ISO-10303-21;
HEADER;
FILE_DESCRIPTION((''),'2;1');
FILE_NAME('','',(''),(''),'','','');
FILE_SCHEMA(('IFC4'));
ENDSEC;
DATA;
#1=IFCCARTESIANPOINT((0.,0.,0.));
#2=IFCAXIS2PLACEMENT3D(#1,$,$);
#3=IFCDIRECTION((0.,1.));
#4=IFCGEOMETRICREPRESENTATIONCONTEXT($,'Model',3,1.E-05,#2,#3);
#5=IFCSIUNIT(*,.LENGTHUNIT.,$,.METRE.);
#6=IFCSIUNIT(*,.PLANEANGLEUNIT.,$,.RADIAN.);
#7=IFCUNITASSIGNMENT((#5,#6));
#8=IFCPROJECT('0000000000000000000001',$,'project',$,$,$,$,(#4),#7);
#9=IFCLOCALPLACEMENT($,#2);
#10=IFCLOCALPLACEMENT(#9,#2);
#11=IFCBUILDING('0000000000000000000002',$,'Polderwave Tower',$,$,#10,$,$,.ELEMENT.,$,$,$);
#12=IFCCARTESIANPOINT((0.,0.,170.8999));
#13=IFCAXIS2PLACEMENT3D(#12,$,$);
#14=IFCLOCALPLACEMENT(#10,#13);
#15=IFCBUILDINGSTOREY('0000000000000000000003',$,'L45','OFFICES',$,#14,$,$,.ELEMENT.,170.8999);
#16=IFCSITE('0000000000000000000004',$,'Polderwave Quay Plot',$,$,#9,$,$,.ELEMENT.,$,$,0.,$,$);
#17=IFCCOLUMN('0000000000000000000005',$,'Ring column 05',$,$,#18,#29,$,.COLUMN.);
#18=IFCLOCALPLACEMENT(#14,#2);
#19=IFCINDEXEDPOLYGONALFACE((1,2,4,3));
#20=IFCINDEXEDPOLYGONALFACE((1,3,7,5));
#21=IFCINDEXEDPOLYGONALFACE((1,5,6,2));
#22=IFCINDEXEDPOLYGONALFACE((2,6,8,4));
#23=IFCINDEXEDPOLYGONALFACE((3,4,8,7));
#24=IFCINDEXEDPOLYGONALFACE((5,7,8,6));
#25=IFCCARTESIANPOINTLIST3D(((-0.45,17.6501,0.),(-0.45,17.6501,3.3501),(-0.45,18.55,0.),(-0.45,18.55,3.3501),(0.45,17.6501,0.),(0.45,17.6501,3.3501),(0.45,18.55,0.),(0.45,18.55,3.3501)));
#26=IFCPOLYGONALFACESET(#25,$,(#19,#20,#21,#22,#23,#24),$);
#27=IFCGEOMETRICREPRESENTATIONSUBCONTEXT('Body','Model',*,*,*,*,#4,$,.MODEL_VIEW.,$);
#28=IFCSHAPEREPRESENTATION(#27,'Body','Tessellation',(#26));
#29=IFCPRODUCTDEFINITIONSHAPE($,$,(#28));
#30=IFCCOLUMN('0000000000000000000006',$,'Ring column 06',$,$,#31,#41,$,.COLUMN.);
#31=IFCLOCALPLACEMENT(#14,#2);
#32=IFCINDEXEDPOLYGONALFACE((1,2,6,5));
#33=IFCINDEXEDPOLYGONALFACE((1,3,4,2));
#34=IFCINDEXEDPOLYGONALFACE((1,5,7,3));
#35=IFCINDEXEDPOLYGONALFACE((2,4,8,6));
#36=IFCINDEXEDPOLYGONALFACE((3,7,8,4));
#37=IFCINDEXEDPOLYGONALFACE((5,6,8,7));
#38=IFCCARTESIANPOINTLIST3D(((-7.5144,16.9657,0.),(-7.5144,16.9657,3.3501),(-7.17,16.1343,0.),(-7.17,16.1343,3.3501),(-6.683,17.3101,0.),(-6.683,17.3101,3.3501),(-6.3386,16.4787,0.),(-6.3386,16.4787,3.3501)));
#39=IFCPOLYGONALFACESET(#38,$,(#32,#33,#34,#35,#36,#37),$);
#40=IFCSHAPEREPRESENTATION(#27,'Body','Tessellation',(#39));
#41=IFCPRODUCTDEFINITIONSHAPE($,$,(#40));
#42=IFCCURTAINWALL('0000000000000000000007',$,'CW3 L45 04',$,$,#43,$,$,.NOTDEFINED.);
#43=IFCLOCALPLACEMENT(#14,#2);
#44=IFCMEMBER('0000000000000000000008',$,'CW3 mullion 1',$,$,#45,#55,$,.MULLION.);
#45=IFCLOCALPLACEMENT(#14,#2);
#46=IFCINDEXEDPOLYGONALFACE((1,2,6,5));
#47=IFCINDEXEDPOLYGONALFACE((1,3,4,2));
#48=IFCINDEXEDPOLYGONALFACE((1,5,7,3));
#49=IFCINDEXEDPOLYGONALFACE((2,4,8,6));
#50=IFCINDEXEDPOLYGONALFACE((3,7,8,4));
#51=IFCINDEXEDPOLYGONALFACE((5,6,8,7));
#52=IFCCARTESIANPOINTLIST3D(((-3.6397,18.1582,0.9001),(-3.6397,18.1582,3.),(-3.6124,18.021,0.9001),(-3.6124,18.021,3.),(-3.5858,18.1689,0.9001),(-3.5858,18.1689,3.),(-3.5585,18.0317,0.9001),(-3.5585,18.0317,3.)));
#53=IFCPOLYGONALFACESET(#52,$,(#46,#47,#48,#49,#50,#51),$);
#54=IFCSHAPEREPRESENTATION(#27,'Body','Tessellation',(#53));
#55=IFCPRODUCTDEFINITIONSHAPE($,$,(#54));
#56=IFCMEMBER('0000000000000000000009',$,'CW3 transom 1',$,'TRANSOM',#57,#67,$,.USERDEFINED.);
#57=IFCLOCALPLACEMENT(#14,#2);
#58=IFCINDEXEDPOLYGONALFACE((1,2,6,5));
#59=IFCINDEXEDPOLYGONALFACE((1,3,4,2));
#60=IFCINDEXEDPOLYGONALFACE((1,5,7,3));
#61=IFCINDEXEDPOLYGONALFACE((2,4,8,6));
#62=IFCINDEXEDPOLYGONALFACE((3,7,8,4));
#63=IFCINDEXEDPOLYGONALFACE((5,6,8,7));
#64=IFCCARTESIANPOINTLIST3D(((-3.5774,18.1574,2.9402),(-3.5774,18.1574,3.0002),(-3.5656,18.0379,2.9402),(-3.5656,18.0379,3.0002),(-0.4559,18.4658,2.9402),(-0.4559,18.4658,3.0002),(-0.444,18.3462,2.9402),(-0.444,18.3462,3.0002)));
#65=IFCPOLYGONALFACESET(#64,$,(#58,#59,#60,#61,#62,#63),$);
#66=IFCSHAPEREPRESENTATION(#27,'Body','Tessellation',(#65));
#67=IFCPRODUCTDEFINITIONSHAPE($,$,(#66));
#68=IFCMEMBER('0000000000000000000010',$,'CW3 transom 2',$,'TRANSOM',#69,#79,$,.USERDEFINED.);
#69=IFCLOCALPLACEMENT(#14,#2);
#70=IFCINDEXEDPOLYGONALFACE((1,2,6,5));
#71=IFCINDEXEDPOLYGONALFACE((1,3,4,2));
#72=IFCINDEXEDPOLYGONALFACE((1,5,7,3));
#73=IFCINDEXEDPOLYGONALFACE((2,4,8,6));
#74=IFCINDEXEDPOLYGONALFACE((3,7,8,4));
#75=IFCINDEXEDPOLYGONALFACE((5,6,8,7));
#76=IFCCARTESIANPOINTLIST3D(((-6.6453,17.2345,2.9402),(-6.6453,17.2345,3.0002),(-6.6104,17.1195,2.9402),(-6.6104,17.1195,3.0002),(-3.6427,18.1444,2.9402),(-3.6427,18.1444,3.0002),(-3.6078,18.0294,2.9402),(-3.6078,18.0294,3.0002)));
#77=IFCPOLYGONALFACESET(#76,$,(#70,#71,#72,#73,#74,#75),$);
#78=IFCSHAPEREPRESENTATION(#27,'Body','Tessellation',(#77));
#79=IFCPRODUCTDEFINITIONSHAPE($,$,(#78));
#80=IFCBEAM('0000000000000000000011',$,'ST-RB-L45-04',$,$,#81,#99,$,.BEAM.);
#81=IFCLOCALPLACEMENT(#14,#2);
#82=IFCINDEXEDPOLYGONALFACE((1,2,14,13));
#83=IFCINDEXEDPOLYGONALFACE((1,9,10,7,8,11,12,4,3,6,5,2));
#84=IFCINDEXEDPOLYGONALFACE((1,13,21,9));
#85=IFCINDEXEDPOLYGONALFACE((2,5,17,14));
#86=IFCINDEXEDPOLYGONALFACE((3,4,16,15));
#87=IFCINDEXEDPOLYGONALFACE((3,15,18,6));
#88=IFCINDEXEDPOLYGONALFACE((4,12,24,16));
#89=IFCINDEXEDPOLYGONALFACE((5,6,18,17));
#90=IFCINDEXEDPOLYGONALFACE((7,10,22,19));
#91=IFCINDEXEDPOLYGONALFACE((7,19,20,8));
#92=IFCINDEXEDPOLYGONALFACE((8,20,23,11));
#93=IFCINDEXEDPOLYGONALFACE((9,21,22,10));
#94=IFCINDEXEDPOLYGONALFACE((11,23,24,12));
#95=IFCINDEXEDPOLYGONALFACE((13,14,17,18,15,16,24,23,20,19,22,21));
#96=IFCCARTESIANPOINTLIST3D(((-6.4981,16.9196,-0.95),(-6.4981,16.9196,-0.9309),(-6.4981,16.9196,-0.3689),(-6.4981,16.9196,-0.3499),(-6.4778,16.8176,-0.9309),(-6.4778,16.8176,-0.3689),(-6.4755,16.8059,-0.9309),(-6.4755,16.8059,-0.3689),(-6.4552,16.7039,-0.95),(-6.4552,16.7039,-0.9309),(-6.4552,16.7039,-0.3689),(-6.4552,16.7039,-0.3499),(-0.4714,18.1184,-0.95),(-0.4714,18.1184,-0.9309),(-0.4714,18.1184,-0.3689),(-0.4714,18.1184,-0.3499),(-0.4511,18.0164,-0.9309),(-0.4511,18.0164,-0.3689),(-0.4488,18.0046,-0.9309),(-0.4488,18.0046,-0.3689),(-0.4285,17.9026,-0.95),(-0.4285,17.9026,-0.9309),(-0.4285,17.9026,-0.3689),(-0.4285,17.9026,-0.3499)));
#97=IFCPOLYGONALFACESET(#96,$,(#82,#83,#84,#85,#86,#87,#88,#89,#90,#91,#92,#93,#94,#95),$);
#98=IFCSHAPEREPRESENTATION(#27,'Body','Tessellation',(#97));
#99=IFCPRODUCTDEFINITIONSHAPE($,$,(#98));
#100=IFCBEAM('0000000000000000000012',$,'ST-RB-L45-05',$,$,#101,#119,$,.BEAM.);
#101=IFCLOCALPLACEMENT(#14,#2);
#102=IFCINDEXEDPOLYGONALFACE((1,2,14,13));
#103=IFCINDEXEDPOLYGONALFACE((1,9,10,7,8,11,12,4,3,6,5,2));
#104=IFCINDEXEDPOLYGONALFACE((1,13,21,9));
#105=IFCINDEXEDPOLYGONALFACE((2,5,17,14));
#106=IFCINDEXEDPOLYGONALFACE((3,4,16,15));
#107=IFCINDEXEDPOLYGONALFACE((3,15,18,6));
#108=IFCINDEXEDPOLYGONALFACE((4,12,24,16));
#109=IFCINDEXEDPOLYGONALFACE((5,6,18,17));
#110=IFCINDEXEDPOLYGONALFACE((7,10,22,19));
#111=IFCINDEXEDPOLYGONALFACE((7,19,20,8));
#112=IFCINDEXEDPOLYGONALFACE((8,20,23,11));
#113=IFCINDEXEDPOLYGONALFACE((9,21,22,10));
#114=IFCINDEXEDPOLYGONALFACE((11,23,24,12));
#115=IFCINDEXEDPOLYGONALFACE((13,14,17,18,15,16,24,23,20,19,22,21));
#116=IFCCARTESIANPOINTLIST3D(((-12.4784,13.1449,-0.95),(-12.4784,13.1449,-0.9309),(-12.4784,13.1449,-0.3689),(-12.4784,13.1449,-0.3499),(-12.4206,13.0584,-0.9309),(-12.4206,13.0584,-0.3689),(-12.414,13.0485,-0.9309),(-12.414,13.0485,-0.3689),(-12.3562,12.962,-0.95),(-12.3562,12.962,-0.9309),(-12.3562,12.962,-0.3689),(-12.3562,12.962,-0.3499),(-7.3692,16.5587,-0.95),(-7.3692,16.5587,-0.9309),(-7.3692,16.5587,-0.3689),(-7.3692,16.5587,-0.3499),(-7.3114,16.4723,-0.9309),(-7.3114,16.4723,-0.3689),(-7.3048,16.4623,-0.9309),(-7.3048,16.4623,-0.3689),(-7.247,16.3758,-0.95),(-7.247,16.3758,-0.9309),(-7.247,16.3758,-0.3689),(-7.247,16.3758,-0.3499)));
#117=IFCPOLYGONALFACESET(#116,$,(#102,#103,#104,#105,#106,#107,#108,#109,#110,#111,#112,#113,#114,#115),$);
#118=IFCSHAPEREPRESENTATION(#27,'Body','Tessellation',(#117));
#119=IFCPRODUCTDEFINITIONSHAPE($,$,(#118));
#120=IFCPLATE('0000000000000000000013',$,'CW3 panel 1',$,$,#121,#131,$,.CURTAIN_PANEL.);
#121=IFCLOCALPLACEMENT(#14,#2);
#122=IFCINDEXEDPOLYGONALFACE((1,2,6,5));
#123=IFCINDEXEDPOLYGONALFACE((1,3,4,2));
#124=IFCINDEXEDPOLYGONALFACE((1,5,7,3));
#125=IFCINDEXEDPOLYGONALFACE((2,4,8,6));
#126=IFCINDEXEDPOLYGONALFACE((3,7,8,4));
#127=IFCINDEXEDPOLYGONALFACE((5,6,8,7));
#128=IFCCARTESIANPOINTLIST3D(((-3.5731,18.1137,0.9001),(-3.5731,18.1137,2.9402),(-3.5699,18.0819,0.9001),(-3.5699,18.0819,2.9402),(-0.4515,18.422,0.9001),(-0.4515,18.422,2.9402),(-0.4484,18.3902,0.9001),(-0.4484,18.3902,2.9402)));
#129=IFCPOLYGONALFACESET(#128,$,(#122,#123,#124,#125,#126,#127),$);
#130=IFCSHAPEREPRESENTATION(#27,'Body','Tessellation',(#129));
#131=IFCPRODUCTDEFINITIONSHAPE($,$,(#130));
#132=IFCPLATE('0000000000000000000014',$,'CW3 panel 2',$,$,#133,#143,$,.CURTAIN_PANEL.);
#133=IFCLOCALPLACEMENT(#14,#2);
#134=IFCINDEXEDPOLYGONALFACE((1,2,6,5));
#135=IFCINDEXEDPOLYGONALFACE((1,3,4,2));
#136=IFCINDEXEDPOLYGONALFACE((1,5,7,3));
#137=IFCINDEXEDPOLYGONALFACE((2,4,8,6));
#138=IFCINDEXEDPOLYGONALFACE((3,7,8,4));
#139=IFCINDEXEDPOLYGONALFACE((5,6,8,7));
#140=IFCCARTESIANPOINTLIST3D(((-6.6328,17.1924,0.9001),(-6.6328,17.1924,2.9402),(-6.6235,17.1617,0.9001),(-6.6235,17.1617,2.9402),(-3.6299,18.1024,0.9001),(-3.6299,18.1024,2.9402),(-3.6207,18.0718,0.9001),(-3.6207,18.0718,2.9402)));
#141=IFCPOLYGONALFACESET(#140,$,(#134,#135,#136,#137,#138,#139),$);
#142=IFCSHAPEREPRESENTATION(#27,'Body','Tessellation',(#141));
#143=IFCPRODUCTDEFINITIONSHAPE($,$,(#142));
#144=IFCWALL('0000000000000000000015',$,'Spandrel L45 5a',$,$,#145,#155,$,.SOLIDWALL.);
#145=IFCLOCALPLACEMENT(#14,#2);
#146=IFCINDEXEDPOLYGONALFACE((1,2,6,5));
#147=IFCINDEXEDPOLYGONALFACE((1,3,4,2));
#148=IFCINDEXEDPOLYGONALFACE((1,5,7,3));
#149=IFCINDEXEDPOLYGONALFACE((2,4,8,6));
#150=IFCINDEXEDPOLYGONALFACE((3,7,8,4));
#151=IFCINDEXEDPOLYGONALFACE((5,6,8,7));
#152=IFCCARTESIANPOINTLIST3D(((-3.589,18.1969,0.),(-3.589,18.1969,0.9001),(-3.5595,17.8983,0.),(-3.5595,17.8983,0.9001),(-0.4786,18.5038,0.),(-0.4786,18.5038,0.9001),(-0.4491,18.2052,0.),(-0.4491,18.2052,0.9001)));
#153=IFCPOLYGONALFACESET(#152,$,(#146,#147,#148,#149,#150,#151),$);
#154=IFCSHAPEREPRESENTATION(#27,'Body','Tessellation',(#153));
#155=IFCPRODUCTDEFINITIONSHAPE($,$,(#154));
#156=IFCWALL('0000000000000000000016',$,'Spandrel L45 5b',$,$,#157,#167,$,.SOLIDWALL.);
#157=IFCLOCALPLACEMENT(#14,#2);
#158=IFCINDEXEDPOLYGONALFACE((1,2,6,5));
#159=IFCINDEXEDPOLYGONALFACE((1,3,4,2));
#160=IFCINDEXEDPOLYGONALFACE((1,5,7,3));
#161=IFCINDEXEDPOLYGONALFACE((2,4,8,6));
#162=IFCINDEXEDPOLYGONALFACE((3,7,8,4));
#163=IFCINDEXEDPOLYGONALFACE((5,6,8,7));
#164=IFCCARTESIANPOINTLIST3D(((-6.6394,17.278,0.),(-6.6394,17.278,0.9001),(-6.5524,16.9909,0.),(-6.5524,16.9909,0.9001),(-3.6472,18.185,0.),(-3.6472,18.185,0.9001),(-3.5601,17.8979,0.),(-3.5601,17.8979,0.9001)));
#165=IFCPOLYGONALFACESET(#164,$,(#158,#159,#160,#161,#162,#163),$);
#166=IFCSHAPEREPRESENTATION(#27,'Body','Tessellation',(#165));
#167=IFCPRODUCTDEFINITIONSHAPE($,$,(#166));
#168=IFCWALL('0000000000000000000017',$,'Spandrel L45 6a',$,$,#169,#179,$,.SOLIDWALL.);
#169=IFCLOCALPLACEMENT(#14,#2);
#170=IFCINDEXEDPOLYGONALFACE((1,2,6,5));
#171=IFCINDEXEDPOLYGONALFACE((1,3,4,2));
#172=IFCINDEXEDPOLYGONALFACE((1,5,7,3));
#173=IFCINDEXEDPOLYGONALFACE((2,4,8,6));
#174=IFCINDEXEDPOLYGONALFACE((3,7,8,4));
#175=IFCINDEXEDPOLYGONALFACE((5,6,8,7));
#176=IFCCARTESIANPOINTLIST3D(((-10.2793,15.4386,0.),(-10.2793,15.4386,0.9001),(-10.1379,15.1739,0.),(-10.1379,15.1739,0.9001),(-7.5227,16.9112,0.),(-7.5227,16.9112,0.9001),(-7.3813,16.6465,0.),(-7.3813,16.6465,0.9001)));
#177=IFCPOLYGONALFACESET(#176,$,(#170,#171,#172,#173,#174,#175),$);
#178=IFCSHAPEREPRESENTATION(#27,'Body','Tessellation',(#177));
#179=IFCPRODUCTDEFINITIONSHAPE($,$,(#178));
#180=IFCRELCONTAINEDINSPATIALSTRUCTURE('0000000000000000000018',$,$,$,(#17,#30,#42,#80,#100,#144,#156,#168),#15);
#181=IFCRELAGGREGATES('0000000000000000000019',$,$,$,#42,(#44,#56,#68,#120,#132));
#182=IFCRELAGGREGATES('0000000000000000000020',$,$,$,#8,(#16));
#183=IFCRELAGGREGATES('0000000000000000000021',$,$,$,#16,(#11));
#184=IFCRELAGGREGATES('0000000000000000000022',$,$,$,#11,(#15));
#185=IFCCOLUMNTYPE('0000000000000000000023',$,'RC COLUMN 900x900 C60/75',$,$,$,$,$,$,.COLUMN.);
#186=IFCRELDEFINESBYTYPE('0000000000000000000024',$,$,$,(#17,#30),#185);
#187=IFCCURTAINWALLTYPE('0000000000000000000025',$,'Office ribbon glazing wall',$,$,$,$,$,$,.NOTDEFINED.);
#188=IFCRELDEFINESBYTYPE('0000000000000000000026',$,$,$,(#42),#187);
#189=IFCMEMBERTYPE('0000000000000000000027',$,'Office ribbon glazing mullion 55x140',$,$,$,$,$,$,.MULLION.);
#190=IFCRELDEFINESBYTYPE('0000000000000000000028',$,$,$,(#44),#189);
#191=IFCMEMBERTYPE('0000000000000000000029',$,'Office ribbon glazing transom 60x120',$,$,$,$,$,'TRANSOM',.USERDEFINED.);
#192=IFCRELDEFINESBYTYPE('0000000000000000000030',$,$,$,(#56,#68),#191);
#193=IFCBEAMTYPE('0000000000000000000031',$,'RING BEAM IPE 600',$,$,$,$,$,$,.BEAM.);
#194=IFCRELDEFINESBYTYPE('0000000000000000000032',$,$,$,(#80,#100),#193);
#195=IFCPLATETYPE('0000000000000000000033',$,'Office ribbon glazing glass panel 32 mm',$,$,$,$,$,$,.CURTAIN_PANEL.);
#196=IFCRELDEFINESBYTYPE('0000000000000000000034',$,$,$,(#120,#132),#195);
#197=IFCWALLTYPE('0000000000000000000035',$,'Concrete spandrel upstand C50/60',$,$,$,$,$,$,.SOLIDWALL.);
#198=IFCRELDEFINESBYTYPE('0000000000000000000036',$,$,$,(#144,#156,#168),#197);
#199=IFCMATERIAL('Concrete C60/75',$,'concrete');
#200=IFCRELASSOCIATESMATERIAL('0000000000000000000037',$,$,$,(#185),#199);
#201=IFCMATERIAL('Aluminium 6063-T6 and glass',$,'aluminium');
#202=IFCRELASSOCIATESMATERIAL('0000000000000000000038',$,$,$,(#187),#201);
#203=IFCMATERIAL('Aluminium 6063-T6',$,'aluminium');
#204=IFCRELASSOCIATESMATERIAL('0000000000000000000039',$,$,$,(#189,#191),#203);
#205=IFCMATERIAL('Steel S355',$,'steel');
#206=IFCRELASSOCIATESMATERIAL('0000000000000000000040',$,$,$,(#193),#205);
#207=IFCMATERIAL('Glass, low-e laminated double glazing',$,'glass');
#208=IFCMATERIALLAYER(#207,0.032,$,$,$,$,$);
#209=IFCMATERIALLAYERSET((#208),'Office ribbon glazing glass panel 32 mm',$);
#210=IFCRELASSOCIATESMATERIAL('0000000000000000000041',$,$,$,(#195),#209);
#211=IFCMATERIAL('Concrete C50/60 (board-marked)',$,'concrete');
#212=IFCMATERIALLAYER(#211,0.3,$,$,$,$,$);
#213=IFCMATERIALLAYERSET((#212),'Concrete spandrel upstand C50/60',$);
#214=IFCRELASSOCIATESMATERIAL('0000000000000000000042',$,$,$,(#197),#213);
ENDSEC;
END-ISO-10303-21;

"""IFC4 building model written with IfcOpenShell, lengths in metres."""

from ifc_helpers import new_model, si_unit, direction, frame, frame_2d, origin, origin_2d, place, context, subcontext, project, spatial, rectangle, i_section, extrude, material, layer, layer_set, material_profile, profile_set, type_object, element, aggregate, save


model = new_model("IFC4")

# Units and contexts
model_context = context("Model", 3, precision=1e-05, world=origin(), true_north=direction((0.0, 1.0)))
body_context = subcontext(model_context, "Body", "Model", "MODEL_VIEW")
ifc_project = project(units=[si_unit("LENGTHUNIT", "METRE"), si_unit("PLANEANGLEUNIT", "RADIAN")], contexts=[model_context])

# Site, building, storey
site_placement = place(None, origin())
site = spatial("IfcSite", under=ifc_project, at=site_placement, Name="Polderwave Quay Plot", CompositionType="ELEMENT", RefElevation=0.0)
building_placement = place(site_placement, origin())
building = spatial("IfcBuilding", under=site, at=building_placement, Name="Polderwave Tower", CompositionType="ELEMENT")
storey_placement = place(building_placement, frame((0.0, 0.0, 170.8999)))
storey = spatial("IfcBuildingStorey", under=building, at=storey_placement, Name="L45", Description="OFFICES", CompositionType="ELEMENT", Elevation=170.8999)

# Columns
ifc_material_1 = material(Name="Concrete C60/75", Category="concrete")
ifc_material_profile_1 = material_profile(ifc_material_1, rectangle(XDim=0.8999, YDim=0.8999, at=origin_2d()), Name="RC 900x900")
ifc_profile_set_1 = profile_set([ifc_material_profile_1], Name="Concrete C60/75")
column_type = type_object("IfcColumnType", Name="RC COLUMN 900x900 C60/75", PredefinedType="COLUMN", material=ifc_profile_set_1)
for number, where, z_axis, x_axis, name in (
    (1, (0.0, 18.1001, 0.0), (0.0, 0.0, 1.0), (0.0, 1.0, 0.0), "Ring column 05"),
    (2, (-6.9265, 16.7222, 0.0), (0.0, 0.0, 1.0), (-0.382683, 0.92388, 0.0), "Ring column 06"),
):
    element("IfcColumn", number, at=place(storey_placement, frame(where, z_axis=z_axis, x_axis=x_axis)), inside=storey, type_object=column_type, Name=name, PredefinedType="COLUMN", context=body_context, shape_type="SweptSolid", body=[
        extrude(rectangle(XDim=0.8999, YDim=0.8999, at=origin_2d()), origin(), (0.0, 0.0, 1.0), 3.3501),
    ])

# Curtain wall, members
ifc_material_2 = material(Name="Aluminium 6063-T6 and glass", Category="aluminium")
curtain_wall_type = type_object("IfcCurtainWallType", Name="Office ribbon glazing wall", PredefinedType="NOTDEFINED", material=ifc_material_2)
curtain_wall_placement = place(storey_placement, origin())
curtain_wall = element("IfcCurtainWall", 3, at=curtain_wall_placement, inside=storey, type_object=curtain_wall_type, Name="CW3 L45 04", PredefinedType="NOTDEFINED")
ifc_material_3 = material(Name="Aluminium 6063-T6", Category="aluminium")
ifc_material_profile_2 = material_profile(ifc_material_3, rectangle(XDim=0.1399, YDim=0.0549, at=origin_2d()), Name="AL 55x140")
ifc_profile_set_2 = profile_set([ifc_material_profile_2], Name="Aluminium 6063-T6")
member_type_1 = type_object("IfcMemberType", Name="Office ribbon glazing mullion 55x140", PredefinedType="MULLION", material=ifc_profile_set_2)
member_1_placement = place(storey_placement, frame((-3.5991, 18.095, 0.9001), z_axis=(0.0, 0.0, 1.0), x_axis=(0.195097, -0.980784, 0.0)))
member_1 = element("IfcMember", 4, at=member_1_placement, type_object=member_type_1, Name="CW3 mullion 1", PredefinedType="MULLION", context=body_context, shape_type="SweptSolid", body=[
    extrude(rectangle(XDim=0.1399, YDim=0.0549, at=origin_2d()), origin(), (0.0, 0.0, 1.0), 2.0999),
])
ifc_material_profile_3 = material_profile(ifc_material_3, rectangle(XDim=0.1201, YDim=0.0601, at=origin_2d()), Name="AL 60x120")
ifc_profile_set_3 = profile_set([ifc_material_profile_3], Name="Aluminium 6063-T6")
member_type_2 = type_object("IfcMemberType", Name="Office ribbon glazing transom 60x120", ElementType="TRANSOM", PredefinedType="USERDEFINED", material=ifc_profile_set_3)
member_2_placement = place(storey_placement, frame((-0.45, 18.406, 2.9702), z_axis=(-0.995157, -0.098301, 0.0), x_axis=(0.098301, -0.995157, 0.0)))
member_2 = element("IfcMember", 5, at=member_2_placement, type_object=member_type_2, Name="CW3 transom 1", ObjectType="TRANSOM", PredefinedType="USERDEFINED", context=body_context, shape_type="SweptSolid", body=[
    extrude(rectangle(XDim=0.1201, YDim=0.0601, at=origin_2d()), origin(), (0.0, 0.0, 1.0), 3.1367),
])
member_3_placement = place(storey_placement, frame((-3.6252, 18.0869, 2.9702), z_axis=(-0.957024, -0.29001, 0.0), x_axis=(0.29001, -0.957024, 0.0)))
member_3 = element("IfcMember", 6, at=member_3_placement, type_object=member_type_2, Name="CW3 transom 2", ObjectType="TRANSOM", PredefinedType="USERDEFINED", context=body_context, shape_type="SweptSolid", body=[
    extrude(rectangle(XDim=0.1201, YDim=0.0601, at=origin_2d()), origin(), (0.0, 0.0, 1.0), 3.1375),
])

# Beams
ifc_material_4 = material(Name="Steel S355", Category="steel")
ifc_material_profile_4 = material_profile(ifc_material_4, i_section(OverallWidth=0.22, OverallDepth=0.6001, WebThickness=0.012, FlangeThickness=0.019, at=origin_2d()), Name="IPE 600")
ifc_profile_set_4 = profile_set([ifc_material_profile_4], Name="Steel S355")
beam_type = type_object("IfcBeamType", Name="RING BEAM IPE 600", PredefinedType="BEAM", material=ifc_profile_set_4)
for number, where, z_axis, x_axis, name in (
    (7, (-0.45, 18.0105, -0.6499), (-0.980786, -0.195085, 0.0), (0.195085, -0.980786, 0.0), "ST-RB-L45-04"),
    (8, (-7.3081, 16.4673, -0.6499), (-0.831469, -0.555571, 0.0), (0.555571, -0.831469, 0.0), "ST-RB-L45-05"),
):
    element("IfcBeam", number, at=place(storey_placement, frame(where, z_axis=z_axis, x_axis=x_axis)), inside=storey, type_object=beam_type, Name=name, PredefinedType="BEAM", context=body_context, shape_type="SweptSolid", body=[
        extrude(i_section(OverallWidth=0.22, OverallDepth=0.6001, WebThickness=0.012, FlangeThickness=0.019, at=origin_2d()), origin(), (0.0, 0.0, 1.0), 6.1448),
    ])

# Plates
ifc_material_5 = material(Name="Glass, low-e laminated double glazing", Category="glass")
ifc_layer_1 = layer(ifc_material_5, 0.032)
ifc_layer_set_1 = layer_set([ifc_layer_1], Name="Office ribbon glazing glass panel 32 mm")
plate_type = type_object("IfcPlateType", Name="Office ribbon glazing glass panel 32 mm", PredefinedType="CURTAIN_PANEL", material=ifc_layer_set_1)
plate_1_placement = place(storey_placement, frame((-2.0107, 18.252, 0.9001), z_axis=(0.0, 0.0, 1.0), x_axis=(-0.995159, -0.098283, 0.0)))
plate_1 = element("IfcPlate", 9, at=plate_1_placement, type_object=plate_type, Name="CW3 panel 1", PredefinedType="CURTAIN_PANEL", context=body_context, shape_type="SweptSolid", body=[
    extrude(rectangle(XDim=3.1367, YDim=0.032, at=origin_2d()), origin(), (0.0, 0.0, 1.0), 2.04),
])
plate_2_placement = place(storey_placement, frame((-5.1267, 17.6321, 0.9001), z_axis=(0.0, 0.0, 1.0), x_axis=(-0.957014, -0.290042, 0.0)))
plate_2 = element("IfcPlate", 10, at=plate_2_placement, type_object=plate_type, Name="CW3 panel 2", PredefinedType="CURTAIN_PANEL", context=body_context, shape_type="SweptSolid", body=[
    extrude(rectangle(XDim=3.1377, YDim=0.032, at=origin_2d()), origin(), (0.0, 0.0, 1.0), 2.04),
])
aggregate(curtain_wall, [member_1, member_2, member_3, plate_1, plate_2])

# Walls
ifc_material_6 = material(Name="Concrete C50/60 (board-marked)", Category="concrete")
ifc_layer_2 = layer(ifc_material_6, 0.3)
ifc_layer_set_2 = layer_set([ifc_layer_2], Name="Concrete spandrel upstand C50/60")
wall_type_1 = type_object("IfcWallType", Name="Concrete spandrel upstand C50/60", PredefinedType="SOLIDWALL", material=ifc_layer_set_2)
wall_1_placement = place(storey_placement, frame((-0.4639, 18.3545, 0.0), z_axis=(0.0, 0.0, 1.0), x_axis=(-0.995168, -0.098189, 0.0)))
element("IfcWall", 11, at=wall_1_placement, inside=storey, type_object=wall_type_1, Name="Spandrel L45 5a", PredefinedType="SOLIDWALL", context=body_context, shape_type="SweptSolid", body=[
    extrude(rectangle(XDim=3.1255, YDim=0.3, at=frame_2d((1.5627, 0.0))), origin(), (0.0, 0.0, 1.0), 0.9001),
])
wall_2_placement = place(storey_placement, frame((-3.6035, 18.0415, 0.0), z_axis=(0.0, 0.0, 1.0), x_axis=(-0.957001, -0.290083, 0.0)))
element("IfcWall", 12, at=wall_2_placement, inside=storey, type_object=wall_type_1, Name="Spandrel L45 5b", PredefinedType="SOLIDWALL", context=body_context, shape_type="SweptSolid", body=[
    extrude(rectangle(XDim=3.1267, YDim=0.3, at=frame_2d((1.5635, 0.0))), origin(), (0.0, 0.0, 1.0), 0.9001),
])
wall_3_placement = place(storey_placement, frame((-7.4521, 16.7788, 0.0), z_axis=(0.0, 0.0, 1.0), x_axis=(-0.882024, -0.471204, 0.0)))
element("IfcWall", 13, at=wall_3_placement, inside=storey, type_object=wall_type_1, Name="Spandrel L45 6a", PredefinedType="SOLIDWALL", context=body_context, shape_type="SweptSolid", body=[
    extrude(rectangle(XDim=3.1252, YDim=0.3, at=frame_2d((1.5625, 0.0))), origin(), (0.0, 0.0, 1.0), 0.9001),
])

save(model, "model.ifc")
